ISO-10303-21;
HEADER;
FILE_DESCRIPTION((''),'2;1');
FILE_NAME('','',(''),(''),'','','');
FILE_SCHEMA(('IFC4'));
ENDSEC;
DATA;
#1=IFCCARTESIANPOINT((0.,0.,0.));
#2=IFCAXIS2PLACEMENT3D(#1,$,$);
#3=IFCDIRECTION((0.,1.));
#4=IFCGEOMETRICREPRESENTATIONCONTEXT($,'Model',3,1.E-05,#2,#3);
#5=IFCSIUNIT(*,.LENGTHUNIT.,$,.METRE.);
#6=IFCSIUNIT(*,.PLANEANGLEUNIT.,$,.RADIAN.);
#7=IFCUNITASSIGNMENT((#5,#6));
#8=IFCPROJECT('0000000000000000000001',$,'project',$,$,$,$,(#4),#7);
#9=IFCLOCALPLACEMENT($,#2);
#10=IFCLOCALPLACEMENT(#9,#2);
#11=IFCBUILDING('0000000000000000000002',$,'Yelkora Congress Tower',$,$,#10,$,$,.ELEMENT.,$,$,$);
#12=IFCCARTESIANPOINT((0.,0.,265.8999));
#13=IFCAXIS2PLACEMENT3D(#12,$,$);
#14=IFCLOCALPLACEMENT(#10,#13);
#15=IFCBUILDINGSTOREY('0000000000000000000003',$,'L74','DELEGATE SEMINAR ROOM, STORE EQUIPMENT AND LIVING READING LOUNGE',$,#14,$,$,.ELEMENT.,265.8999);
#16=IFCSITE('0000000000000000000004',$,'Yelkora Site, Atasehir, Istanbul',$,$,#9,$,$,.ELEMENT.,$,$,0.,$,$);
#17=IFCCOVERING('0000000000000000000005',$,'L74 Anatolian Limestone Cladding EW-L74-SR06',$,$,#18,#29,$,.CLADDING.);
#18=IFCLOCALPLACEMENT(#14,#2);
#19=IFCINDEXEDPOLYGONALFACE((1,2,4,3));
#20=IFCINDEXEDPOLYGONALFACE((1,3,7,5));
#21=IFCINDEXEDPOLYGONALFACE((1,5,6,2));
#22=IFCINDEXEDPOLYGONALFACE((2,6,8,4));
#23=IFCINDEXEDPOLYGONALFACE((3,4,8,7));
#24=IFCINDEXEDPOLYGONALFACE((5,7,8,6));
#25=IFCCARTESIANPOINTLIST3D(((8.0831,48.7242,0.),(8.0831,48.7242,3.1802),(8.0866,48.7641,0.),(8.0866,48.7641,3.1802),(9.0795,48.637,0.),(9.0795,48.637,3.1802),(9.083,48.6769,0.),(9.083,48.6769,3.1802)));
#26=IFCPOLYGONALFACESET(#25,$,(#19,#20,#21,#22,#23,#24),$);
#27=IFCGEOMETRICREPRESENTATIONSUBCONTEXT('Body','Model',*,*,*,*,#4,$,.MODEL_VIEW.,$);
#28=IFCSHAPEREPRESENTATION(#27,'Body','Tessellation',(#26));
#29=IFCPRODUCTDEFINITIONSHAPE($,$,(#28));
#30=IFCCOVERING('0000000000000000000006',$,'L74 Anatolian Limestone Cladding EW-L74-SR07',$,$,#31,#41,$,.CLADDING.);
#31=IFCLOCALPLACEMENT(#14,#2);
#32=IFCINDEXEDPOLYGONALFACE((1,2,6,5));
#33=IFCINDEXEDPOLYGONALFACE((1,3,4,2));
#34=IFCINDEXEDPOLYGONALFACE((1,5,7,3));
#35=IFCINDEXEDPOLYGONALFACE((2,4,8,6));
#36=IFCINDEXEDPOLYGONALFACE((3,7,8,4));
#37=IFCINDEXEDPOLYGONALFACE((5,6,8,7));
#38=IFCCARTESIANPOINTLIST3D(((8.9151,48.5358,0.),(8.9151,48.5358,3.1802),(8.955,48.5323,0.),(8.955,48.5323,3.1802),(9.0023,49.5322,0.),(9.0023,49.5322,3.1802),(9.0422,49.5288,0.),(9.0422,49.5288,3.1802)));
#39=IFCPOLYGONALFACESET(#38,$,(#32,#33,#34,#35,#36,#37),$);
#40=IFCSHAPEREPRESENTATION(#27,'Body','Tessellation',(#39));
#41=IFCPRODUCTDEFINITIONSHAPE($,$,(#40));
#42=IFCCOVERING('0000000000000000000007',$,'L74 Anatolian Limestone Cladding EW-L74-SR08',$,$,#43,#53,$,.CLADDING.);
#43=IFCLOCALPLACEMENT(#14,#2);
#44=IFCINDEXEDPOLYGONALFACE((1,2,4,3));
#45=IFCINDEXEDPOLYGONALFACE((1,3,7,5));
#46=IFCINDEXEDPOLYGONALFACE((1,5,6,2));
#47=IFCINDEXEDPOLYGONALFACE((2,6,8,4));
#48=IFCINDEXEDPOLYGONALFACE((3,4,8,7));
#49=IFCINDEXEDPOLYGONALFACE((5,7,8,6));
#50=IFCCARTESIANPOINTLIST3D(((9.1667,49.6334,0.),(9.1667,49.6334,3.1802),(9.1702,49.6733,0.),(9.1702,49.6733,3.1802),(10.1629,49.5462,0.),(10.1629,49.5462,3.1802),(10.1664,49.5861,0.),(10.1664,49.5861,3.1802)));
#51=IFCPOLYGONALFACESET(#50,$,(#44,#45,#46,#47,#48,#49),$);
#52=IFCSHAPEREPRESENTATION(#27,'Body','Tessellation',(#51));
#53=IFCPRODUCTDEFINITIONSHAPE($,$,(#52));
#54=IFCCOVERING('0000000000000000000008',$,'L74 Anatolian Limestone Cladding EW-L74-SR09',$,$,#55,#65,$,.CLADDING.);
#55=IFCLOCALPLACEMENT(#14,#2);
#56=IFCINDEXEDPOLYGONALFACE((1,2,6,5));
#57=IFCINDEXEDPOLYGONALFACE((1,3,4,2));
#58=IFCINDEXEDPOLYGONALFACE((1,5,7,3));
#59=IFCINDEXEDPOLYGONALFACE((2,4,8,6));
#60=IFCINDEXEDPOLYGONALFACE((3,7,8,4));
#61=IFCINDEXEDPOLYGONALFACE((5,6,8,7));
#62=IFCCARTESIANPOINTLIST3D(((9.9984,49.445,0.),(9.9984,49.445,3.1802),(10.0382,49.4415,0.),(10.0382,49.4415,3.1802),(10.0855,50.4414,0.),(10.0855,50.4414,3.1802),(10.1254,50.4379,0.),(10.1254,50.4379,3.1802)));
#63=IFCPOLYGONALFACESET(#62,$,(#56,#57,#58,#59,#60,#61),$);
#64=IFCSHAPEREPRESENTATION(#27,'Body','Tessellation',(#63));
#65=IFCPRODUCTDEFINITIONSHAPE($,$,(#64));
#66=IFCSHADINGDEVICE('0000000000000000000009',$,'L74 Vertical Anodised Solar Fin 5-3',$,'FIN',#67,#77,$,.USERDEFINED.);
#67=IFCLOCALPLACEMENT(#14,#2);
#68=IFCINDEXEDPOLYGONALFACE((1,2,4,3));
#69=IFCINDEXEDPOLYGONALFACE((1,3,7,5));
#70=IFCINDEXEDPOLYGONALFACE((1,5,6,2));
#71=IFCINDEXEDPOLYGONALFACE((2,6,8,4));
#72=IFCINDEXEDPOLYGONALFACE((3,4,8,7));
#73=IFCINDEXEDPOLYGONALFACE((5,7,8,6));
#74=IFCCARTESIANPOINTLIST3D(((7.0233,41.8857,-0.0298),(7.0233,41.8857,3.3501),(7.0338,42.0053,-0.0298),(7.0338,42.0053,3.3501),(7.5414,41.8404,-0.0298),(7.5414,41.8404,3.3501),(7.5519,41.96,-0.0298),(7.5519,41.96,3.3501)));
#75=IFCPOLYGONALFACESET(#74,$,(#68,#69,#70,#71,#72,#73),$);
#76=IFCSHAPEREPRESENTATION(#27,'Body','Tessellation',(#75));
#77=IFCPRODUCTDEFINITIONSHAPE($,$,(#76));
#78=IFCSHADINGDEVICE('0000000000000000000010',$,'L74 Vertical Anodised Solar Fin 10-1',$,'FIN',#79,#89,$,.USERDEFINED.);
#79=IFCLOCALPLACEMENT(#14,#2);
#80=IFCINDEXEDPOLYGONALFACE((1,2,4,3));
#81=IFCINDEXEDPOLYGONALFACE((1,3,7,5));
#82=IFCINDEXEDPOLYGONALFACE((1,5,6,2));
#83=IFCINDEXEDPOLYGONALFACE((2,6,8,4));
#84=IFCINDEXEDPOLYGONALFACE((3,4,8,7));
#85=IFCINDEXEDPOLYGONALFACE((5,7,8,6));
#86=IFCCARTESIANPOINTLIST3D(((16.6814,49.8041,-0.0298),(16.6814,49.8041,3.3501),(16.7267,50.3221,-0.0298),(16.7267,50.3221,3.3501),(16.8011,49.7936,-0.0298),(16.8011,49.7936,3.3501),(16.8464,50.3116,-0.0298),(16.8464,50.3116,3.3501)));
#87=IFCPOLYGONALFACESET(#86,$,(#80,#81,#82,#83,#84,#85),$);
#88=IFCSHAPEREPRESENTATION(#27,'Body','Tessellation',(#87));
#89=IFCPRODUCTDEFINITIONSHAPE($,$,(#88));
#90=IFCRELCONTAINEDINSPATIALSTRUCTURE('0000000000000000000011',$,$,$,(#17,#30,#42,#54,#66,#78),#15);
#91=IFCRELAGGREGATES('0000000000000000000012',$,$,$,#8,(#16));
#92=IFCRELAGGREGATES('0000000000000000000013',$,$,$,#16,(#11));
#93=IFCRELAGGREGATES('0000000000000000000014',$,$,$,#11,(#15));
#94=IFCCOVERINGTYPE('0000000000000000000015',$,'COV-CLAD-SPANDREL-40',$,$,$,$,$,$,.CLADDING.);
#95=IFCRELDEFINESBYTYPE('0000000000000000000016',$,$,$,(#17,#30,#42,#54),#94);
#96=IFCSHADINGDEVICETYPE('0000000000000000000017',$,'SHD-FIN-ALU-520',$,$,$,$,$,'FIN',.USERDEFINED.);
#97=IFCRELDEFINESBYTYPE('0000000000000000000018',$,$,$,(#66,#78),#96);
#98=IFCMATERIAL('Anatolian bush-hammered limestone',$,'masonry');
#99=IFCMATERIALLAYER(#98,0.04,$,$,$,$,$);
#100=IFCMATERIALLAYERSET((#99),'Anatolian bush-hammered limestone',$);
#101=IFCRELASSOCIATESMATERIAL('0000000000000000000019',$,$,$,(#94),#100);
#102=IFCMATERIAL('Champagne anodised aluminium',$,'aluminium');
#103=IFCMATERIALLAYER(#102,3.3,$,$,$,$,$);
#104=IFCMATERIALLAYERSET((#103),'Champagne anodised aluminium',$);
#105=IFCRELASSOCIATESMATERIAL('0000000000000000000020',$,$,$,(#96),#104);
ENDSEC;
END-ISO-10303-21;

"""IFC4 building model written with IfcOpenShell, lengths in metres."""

from ifc_helpers import new_model, si_unit, direction, frame, frame_2d, origin, origin_2d, place, context, subcontext, project, spatial, rectangle, extrude, material, layer, layer_set, type_object, element, save


model = new_model("IFC4")

# Units and contexts
model_context = context("Model", 3, precision=1e-05, world=origin(), true_north=direction((0.0, 1.0)))
body_context = subcontext(model_context, "Body", "Model", "MODEL_VIEW")
ifc_project = project(units=[si_unit("LENGTHUNIT", "METRE"), si_unit("PLANEANGLEUNIT", "RADIAN")], contexts=[model_context])

# Site, building, storey
site_placement = place(None, origin())
site = spatial("IfcSite", under=ifc_project, at=site_placement, Name="Yelkora Site, Atasehir, Istanbul", CompositionType="ELEMENT", RefElevation=0.0)
building_placement = place(site_placement, origin())
building = spatial("IfcBuilding", under=site, at=building_placement, Name="Yelkora Congress Tower", CompositionType="ELEMENT")
storey_placement = place(building_placement, frame((0.0, 0.0, 265.8999)))
storey = spatial("IfcBuildingStorey", under=building, at=storey_placement, Name="L74", Description="DELEGATE SEMINAR ROOM, STORE EQUIPMENT AND LIVING READING LOUNGE", CompositionType="ELEMENT", Elevation=265.8999)

# Coverings
ifc_material_1 = material(Name="Anatolian bush-hammered limestone", Category="masonry")
ifc_layer_1 = layer(ifc_material_1, 0.04)
ifc_layer_set_1 = layer_set([ifc_layer_1], Name="Anatolian bush-hammered limestone")
covering_type = type_object("IfcCoveringType", Name="COV-CLAD-SPANDREL-40", PredefinedType="CLADDING", material=ifc_layer_set_1)
for number, where, z_axis, x_axis, name in (
    (1, (8.085, 48.7441, 0.0), (0.0, 0.0, 1.0), (0.996196, -0.087146, 0.0), "L74 Anatolian Limestone Cladding EW-L74-SR06"),
    (2, (8.9351, 48.5342, 0.0), (0.0, 0.0, 1.0), (0.087146, 0.996196, 0.0), "L74 Anatolian Limestone Cladding EW-L74-SR07"),
):
    element("IfcCovering", number, at=place(storey_placement, frame(where, z_axis=z_axis, x_axis=x_axis)), inside=storey, type_object=covering_type, Name=name, PredefinedType="CLADDING", context=body_context, shape_type="SweptSolid", body=[
        extrude(rectangle(XDim=1.0002, YDim=0.04, at=frame_2d((0.5, 0.0))), origin(), (0.0, 0.0, 1.0), 3.1802),
    ])
covering_1_placement = place(storey_placement, frame((9.1685, 49.6533, 0.0), z_axis=(0.0, 0.0, 1.0), x_axis=(0.996194, -0.087167, 0.0)))
element("IfcCovering", 3, at=covering_1_placement, inside=storey, type_object=covering_type, Name="L74 Anatolian Limestone Cladding EW-L74-SR08", PredefinedType="CLADDING", context=body_context, shape_type="SweptSolid", body=[
    extrude(rectangle(XDim=1.0, YDim=0.04, at=frame_2d((0.5, 0.0))), origin(), (0.0, 0.0, 1.0), 3.1802),
])
covering_2_placement = place(storey_placement, frame((10.0183, 49.4434, 0.0), z_axis=(0.0, 0.0, 1.0), x_axis=(0.087146, 0.996196, 0.0)))
element("IfcCovering", 4, at=covering_2_placement, inside=storey, type_object=covering_type, Name="L74 Anatolian Limestone Cladding EW-L74-SR09", PredefinedType="CLADDING", context=body_context, shape_type="SweptSolid", body=[
    extrude(rectangle(XDim=1.0002, YDim=0.04, at=frame_2d((0.5, 0.0))), origin(), (0.0, 0.0, 1.0), 3.1802),
])

# Shading devices
ifc_material_2 = material(Name="Champagne anodised aluminium", Category="aluminium")
ifc_layer_2 = layer(ifc_material_2, 3.3)
ifc_layer_set_2 = layer_set([ifc_layer_2], Name="Champagne anodised aluminium")
shading_device_type = type_object("IfcShadingDeviceType", Name="SHD-FIN-ALU-520", ElementType="FIN", PredefinedType="USERDEFINED", material=ifc_layer_set_2)
for number, where, z_axis, x_axis, name in (
    (5, (7.2876, 41.9229, -0.0298), (0.0, 0.0, 1.0), (0.087156, 0.996195, 0.0), "L74 Vertical Anodised Solar Fin 5-3"),
    (6, (16.7639, 50.0579, -0.0298), (0.0, 0.0, 1.0), (0.996195, -0.087156, 0.0), "L74 Vertical Anodised Solar Fin 10-1"),
):
    element("IfcShadingDevice", number, at=place(storey_placement, frame(where, z_axis=z_axis, x_axis=x_axis)), inside=storey, type_object=shading_device_type, Name=name, ObjectType="FIN", PredefinedType="USERDEFINED", context=body_context, shape_type="SweptSolid", body=[
        extrude(rectangle(XDim=0.1201, YDim=0.52, at=origin_2d()), origin(), (0.0, 0.0, 1.0), 3.3799),
    ])

save(model, "model.ifc")
